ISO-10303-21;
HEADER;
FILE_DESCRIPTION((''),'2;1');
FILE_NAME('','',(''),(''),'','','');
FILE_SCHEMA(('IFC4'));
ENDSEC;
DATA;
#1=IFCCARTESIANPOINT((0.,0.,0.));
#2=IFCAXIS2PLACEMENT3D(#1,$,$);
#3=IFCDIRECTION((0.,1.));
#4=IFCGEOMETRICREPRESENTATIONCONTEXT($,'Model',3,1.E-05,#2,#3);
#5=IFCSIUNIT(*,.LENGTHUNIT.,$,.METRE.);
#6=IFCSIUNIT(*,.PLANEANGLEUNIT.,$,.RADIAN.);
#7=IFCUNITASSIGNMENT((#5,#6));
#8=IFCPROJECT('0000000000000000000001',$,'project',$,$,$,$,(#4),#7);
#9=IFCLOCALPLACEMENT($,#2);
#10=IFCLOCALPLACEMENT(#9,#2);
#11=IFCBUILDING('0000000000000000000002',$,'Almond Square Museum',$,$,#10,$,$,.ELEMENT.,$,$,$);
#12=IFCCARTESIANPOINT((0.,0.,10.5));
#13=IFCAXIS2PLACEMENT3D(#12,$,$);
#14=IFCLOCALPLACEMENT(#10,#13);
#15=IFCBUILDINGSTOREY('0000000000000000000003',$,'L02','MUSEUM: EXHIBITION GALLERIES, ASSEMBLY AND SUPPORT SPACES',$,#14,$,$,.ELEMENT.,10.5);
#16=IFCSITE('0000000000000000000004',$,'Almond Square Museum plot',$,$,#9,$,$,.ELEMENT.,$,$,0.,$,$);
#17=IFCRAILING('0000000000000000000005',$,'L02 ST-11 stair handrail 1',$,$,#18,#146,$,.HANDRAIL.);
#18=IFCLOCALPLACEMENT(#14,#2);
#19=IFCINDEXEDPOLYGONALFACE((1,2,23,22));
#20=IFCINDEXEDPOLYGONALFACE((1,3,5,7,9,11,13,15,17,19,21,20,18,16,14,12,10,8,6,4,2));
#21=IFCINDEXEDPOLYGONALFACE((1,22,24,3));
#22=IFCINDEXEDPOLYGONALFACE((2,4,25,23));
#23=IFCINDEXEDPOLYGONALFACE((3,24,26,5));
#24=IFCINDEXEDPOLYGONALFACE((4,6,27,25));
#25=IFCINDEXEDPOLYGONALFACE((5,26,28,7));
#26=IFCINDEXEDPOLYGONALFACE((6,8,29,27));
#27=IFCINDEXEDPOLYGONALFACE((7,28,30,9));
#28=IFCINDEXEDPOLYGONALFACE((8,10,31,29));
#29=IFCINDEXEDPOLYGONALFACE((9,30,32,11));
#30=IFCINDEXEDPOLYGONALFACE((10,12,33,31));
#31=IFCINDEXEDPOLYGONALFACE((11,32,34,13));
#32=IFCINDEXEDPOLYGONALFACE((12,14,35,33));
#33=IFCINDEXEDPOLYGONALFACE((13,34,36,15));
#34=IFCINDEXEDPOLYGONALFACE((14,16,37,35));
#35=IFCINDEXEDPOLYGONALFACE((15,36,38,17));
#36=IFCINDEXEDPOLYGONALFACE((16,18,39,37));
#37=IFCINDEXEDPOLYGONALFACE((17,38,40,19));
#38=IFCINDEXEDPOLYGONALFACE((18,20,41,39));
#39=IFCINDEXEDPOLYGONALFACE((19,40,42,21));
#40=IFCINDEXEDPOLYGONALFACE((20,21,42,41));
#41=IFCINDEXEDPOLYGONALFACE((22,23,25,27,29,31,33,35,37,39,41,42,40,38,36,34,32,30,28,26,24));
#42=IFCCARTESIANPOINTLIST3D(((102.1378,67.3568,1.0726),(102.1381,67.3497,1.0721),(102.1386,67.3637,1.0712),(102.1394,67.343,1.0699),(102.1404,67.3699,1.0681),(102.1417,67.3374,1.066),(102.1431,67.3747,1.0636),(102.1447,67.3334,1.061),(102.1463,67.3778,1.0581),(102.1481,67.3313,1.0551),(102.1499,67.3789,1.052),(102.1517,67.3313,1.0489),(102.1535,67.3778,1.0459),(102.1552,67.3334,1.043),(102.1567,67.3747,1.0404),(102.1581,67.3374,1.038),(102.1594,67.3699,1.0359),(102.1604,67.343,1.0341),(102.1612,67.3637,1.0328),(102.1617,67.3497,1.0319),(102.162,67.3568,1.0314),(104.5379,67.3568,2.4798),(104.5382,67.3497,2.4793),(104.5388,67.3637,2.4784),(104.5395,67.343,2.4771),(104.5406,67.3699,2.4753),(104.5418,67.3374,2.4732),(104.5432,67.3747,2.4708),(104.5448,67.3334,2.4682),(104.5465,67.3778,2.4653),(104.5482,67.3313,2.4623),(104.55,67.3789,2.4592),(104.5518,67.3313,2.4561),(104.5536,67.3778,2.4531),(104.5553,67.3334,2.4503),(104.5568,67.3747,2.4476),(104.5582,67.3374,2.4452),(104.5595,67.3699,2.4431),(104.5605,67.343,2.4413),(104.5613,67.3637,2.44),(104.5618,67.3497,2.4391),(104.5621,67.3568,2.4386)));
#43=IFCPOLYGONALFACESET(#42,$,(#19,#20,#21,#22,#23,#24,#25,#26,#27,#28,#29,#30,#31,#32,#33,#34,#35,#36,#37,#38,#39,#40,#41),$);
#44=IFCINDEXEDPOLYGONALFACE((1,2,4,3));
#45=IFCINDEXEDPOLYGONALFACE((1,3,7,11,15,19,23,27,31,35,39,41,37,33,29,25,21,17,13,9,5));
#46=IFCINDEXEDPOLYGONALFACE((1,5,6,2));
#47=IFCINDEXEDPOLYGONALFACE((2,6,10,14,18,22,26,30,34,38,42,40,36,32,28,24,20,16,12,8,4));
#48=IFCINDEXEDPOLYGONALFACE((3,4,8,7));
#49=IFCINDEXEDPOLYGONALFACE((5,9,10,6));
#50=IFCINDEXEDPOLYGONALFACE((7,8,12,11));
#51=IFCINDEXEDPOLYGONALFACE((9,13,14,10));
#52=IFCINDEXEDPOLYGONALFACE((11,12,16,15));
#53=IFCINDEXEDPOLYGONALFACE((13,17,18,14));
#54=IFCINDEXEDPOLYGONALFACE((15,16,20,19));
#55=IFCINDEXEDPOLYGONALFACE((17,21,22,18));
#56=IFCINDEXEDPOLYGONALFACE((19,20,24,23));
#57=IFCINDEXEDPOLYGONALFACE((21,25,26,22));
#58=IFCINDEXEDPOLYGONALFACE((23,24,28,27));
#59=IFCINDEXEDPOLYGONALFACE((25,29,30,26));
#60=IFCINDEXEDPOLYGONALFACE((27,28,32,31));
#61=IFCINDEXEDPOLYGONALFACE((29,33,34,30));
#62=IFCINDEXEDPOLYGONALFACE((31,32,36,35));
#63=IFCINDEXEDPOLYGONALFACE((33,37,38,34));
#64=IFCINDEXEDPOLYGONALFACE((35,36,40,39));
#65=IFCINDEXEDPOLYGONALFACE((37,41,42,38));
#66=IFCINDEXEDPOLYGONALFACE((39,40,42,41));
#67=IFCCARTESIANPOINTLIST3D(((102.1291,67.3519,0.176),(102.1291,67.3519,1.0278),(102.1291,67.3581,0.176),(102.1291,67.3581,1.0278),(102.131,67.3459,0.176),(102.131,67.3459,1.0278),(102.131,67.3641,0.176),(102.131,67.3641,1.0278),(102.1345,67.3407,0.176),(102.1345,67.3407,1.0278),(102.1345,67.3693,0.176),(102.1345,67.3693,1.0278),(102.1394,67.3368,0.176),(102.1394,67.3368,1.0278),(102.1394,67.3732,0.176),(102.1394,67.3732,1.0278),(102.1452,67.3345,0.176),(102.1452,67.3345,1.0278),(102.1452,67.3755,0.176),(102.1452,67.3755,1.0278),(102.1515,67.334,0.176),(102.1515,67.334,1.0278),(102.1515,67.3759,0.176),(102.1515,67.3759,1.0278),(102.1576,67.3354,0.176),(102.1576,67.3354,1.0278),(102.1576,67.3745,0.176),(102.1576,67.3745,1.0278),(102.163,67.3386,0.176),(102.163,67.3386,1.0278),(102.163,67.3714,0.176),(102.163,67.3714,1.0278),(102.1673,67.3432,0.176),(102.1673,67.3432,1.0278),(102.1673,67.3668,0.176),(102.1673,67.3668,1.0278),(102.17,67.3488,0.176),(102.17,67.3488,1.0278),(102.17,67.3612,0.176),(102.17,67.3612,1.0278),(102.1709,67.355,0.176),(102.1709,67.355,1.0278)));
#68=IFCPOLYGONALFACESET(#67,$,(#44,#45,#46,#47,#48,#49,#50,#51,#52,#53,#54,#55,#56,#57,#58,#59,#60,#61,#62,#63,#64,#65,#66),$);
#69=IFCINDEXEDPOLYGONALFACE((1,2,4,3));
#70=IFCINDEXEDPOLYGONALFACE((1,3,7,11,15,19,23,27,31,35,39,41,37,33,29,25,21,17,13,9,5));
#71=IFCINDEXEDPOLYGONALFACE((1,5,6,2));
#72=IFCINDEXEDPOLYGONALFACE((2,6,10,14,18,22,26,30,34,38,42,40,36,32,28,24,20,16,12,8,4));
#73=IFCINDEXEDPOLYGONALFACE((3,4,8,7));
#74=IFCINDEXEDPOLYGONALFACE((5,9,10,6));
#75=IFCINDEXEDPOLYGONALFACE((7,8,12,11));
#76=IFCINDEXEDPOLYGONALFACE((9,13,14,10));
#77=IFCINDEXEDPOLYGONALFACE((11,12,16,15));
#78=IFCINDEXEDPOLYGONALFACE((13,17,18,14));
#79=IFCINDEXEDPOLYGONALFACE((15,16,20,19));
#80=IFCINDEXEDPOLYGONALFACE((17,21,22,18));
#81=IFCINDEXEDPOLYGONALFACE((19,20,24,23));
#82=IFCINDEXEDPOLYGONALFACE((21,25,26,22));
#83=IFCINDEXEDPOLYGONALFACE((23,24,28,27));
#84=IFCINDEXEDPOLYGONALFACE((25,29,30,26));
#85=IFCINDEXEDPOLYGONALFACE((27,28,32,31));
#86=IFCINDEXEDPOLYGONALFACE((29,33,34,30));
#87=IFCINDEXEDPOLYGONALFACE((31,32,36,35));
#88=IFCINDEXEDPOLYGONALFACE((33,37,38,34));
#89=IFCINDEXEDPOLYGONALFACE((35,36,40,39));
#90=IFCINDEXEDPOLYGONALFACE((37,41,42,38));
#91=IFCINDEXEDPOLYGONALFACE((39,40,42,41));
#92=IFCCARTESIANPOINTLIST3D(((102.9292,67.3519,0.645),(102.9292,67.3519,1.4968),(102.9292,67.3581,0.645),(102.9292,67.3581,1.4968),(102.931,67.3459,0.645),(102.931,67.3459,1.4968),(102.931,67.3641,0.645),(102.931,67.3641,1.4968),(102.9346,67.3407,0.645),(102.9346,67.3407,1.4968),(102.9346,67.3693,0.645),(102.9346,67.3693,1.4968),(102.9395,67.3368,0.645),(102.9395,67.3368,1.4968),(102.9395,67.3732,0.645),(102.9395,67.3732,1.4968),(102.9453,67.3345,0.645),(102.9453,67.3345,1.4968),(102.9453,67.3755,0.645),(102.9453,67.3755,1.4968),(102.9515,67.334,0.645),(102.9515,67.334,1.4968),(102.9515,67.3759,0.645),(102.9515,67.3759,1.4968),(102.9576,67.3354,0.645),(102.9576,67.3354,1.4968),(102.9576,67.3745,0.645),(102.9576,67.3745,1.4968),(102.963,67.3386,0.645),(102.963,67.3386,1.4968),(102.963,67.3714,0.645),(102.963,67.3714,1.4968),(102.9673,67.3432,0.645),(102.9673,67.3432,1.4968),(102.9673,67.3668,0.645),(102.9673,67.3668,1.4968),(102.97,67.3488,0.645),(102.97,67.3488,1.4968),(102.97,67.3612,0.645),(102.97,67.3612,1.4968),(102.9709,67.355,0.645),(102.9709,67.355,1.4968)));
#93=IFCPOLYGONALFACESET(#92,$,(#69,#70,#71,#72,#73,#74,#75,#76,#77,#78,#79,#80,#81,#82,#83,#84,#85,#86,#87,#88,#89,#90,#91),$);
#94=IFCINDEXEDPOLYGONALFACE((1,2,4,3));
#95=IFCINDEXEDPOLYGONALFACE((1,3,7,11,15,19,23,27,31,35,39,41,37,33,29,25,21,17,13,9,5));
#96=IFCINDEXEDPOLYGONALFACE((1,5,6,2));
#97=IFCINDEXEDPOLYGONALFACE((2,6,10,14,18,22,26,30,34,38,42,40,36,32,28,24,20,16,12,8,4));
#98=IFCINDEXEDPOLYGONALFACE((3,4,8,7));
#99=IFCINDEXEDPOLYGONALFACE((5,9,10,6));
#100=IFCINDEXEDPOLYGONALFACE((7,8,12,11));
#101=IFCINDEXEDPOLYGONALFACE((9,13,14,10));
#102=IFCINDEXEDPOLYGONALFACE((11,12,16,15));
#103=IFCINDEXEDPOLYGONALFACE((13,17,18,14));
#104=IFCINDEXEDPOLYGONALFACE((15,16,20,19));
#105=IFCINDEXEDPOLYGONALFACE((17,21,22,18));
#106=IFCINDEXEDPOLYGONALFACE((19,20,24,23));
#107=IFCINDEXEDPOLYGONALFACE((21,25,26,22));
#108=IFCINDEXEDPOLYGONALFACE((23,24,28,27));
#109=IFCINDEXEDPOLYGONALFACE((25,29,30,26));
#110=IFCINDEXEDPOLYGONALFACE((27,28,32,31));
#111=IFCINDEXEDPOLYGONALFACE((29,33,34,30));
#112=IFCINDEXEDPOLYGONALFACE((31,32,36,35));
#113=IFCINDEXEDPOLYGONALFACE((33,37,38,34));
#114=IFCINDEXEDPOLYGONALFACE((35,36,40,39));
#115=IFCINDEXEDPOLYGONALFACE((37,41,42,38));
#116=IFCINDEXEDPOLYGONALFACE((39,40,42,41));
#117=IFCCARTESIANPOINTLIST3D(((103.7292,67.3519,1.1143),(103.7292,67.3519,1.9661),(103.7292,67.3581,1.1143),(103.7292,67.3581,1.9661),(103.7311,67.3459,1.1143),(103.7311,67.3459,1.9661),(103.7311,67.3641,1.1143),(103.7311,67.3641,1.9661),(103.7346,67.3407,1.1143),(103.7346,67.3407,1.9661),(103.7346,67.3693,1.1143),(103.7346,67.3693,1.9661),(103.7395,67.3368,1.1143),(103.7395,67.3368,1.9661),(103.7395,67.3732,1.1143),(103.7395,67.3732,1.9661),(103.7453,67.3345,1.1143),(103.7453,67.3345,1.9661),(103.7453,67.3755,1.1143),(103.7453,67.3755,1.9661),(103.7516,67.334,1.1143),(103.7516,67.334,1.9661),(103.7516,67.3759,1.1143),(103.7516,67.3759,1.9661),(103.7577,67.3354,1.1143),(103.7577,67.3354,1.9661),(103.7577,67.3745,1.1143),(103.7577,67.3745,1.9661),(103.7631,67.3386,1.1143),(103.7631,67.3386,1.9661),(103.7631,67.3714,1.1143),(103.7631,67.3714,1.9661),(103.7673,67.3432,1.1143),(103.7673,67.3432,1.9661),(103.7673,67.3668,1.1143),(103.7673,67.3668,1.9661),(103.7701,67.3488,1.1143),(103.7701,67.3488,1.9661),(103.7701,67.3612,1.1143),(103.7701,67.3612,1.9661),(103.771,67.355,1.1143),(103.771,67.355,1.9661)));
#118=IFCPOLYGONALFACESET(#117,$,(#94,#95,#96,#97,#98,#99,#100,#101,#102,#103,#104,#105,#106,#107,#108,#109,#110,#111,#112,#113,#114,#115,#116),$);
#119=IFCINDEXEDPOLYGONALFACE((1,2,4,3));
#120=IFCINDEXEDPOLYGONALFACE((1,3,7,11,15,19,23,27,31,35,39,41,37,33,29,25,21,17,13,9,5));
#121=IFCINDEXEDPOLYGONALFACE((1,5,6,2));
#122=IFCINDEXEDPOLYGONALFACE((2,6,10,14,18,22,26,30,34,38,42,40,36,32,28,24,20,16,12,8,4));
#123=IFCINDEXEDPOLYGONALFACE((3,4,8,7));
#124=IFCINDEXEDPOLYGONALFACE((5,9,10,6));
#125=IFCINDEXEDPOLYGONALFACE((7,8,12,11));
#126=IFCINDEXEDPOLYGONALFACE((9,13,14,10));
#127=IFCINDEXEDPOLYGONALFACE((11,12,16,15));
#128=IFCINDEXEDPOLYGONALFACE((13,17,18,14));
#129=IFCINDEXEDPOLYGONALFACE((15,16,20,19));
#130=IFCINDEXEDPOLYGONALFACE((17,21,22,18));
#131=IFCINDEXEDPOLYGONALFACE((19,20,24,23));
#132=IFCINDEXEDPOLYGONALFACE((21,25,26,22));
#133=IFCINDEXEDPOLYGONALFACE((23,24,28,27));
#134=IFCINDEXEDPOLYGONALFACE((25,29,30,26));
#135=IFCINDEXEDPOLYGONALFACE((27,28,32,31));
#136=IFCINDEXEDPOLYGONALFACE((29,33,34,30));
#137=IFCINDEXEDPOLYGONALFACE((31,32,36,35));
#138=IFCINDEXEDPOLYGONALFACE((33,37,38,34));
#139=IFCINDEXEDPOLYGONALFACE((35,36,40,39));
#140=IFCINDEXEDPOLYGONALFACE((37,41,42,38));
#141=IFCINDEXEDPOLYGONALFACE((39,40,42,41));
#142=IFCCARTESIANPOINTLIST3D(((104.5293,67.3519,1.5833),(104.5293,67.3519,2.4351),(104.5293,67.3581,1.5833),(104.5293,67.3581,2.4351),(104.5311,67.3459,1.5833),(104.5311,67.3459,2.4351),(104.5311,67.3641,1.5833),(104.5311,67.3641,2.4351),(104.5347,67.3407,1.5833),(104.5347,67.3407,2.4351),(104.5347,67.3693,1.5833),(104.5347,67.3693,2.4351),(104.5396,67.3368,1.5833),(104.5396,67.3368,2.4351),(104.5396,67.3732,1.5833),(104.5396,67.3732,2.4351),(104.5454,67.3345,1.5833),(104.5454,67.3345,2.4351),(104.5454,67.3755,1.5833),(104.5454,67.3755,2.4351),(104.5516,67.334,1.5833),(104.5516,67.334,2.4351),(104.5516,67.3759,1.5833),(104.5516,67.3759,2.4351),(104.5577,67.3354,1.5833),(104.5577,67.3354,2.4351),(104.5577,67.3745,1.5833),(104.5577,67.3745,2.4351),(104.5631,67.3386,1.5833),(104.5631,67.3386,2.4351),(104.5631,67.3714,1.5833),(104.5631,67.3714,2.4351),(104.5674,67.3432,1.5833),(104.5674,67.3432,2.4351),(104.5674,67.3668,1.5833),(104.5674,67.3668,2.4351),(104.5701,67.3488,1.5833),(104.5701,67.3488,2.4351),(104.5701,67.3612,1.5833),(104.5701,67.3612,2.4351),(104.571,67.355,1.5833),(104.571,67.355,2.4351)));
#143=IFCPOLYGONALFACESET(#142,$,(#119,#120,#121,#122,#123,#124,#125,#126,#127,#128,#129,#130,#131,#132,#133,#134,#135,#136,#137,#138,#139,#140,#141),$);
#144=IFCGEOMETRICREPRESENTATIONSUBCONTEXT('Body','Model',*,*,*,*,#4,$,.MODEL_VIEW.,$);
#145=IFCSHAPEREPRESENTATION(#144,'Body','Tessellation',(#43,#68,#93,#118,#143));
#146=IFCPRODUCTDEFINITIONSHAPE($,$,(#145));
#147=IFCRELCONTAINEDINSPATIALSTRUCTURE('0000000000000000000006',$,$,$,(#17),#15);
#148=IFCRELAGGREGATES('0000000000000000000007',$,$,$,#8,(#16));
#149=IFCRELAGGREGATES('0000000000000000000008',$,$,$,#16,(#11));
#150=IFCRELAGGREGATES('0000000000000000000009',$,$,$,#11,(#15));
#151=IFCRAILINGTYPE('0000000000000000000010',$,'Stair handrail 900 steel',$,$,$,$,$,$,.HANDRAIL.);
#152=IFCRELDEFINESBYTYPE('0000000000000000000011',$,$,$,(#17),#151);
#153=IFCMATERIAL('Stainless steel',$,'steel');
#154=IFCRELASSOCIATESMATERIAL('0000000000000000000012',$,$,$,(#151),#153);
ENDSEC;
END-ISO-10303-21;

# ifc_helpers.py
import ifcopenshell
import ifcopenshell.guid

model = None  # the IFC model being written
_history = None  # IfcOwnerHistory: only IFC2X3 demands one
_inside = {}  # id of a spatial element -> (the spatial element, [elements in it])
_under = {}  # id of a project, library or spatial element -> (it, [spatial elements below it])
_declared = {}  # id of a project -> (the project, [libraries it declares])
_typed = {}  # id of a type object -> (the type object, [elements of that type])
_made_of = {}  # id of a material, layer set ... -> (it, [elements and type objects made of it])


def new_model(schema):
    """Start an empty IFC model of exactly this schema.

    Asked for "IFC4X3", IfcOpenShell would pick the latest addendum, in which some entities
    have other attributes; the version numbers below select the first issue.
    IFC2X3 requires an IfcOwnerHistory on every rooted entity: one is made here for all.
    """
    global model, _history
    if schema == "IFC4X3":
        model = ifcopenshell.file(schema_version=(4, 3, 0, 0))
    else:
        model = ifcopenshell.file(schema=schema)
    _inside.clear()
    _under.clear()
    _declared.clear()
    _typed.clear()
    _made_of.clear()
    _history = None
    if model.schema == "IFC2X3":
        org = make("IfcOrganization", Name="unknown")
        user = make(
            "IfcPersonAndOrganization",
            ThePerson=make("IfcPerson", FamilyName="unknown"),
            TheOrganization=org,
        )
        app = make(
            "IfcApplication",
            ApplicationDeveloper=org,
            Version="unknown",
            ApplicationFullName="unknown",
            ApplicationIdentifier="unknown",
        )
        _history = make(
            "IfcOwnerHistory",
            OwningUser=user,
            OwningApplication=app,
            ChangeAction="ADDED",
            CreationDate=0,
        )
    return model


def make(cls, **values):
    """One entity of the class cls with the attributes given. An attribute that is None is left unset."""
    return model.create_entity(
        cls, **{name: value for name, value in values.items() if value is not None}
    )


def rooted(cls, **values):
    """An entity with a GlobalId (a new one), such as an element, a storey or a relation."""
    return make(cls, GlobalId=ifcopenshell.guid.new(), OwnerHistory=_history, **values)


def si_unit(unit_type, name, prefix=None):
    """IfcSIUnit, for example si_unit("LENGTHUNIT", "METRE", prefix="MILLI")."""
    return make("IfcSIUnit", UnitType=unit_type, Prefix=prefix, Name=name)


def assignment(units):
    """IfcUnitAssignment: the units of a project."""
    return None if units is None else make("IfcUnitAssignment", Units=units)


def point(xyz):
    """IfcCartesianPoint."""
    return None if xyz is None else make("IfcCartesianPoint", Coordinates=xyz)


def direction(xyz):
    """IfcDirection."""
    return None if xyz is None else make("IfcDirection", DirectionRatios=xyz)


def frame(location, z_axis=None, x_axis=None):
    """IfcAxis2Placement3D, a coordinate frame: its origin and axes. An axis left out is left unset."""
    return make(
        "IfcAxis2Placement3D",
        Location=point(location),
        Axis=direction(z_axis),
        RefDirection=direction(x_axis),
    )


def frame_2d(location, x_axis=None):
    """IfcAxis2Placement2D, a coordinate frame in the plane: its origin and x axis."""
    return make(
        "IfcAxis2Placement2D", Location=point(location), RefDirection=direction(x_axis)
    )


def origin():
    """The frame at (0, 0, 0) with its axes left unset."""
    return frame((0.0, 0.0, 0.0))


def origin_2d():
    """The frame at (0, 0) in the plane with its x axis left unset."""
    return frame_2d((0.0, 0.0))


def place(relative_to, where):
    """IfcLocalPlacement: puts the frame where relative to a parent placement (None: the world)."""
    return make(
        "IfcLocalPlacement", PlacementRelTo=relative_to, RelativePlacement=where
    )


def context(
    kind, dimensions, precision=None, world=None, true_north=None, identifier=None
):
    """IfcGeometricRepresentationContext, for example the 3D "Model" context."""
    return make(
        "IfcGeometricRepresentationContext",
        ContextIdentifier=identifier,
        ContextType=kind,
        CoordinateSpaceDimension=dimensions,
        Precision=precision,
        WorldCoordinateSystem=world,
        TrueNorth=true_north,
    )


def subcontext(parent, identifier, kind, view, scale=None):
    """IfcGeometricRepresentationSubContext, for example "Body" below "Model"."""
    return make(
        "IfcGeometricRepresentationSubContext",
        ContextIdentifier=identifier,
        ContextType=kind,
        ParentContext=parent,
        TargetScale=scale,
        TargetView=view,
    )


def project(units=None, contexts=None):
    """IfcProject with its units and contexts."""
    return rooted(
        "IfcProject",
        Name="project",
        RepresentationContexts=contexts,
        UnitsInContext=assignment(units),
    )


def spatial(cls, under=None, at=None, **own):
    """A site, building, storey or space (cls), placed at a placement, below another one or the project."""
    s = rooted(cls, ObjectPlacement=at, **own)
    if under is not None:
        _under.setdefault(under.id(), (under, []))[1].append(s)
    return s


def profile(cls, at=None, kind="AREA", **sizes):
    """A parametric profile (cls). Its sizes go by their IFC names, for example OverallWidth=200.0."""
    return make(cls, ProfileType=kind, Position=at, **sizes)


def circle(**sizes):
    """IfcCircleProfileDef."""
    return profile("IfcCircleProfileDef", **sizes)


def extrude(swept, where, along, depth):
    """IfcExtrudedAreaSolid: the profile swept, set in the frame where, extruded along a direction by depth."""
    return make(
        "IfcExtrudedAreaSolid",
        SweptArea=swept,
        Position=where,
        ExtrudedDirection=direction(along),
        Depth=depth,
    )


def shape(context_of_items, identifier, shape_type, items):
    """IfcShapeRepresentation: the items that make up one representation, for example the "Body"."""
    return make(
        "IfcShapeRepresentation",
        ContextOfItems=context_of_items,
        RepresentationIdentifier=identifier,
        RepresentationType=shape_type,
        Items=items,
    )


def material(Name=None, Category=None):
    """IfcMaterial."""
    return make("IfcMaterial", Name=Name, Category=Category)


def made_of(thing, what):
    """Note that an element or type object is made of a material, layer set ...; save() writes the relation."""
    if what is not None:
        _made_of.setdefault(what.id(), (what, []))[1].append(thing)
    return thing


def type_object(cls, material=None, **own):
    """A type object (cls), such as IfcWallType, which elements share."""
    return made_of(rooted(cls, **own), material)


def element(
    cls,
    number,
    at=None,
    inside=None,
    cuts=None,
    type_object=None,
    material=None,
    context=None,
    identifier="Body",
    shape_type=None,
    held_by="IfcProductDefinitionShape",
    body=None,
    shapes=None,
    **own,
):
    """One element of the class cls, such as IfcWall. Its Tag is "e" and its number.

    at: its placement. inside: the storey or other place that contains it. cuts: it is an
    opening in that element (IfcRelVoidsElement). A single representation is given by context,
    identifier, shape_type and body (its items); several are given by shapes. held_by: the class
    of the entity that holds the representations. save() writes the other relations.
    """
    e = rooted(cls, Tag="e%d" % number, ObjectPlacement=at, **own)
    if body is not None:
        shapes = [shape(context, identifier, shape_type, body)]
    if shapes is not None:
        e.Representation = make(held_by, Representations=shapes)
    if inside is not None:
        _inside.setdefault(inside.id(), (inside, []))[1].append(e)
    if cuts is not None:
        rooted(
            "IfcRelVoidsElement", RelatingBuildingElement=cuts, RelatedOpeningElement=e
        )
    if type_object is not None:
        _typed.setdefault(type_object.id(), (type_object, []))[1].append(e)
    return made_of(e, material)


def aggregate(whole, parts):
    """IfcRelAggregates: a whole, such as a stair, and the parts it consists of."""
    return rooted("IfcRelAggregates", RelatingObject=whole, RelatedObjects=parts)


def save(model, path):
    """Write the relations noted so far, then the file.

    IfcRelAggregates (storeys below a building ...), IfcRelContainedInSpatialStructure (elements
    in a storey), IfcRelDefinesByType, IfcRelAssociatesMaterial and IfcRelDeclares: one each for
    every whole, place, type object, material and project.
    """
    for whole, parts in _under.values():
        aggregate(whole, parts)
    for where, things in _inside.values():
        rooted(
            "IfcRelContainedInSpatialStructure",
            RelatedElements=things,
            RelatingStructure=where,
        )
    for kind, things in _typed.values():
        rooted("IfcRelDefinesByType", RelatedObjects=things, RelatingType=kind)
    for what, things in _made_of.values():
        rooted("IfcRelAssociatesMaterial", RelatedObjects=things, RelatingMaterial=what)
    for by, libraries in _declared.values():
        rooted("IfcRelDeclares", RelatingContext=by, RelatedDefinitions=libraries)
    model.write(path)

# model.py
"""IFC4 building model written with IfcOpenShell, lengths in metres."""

from ifc_helpers import new_model, si_unit, direction, frame, origin, origin_2d, place, context, subcontext, project, spatial, circle, extrude, material, type_object, element, save


model = new_model("IFC4")

# Units and contexts
model_context = context("Model", 3, precision=1e-05, world=origin(), true_north=direction((0.0, 1.0)))
body_context = subcontext(model_context, "Body", "Model", "MODEL_VIEW")
ifc_project = project(units=[si_unit("LENGTHUNIT", "METRE"), si_unit("PLANEANGLEUNIT", "RADIAN")], contexts=[model_context])

# Site, building, storey
site_placement = place(None, origin())
site = spatial("IfcSite", under=ifc_project, at=site_placement, Name="Almond Square Museum plot", CompositionType="ELEMENT", RefElevation=0.0)
building_placement = place(site_placement, origin())
building = spatial("IfcBuilding", under=site, at=building_placement, Name="Almond Square Museum", CompositionType="ELEMENT")
storey_placement = place(building_placement, frame((0.0, 0.0, 10.5)))
storey = spatial("IfcBuildingStorey", under=building, at=storey_placement, Name="L02", Description="MUSEUM: EXHIBITION GALLERIES, ASSEMBLY AND SUPPORT SPACES", CompositionType="ELEMENT", Elevation=10.5)

# Railing
ifc_material_1 = material(Name="Stainless steel", Category="steel")
railing_type_1 = type_object("IfcRailingType", Name="Stair handrail 900 steel", PredefinedType="HANDRAIL", material=ifc_material_1)
railing_1_placement = place(storey_placement, frame((102.1499, 67.355, 0.176)))
element("IfcRailing", 1, at=railing_1_placement, inside=storey, type_object=railing_type_1, Name="L02 ST-11 stair handrail 1", PredefinedType="HANDRAIL", context=body_context, shape_type="SweptSolid", body=[
    extrude(circle(Radius=0.0239, at=origin_2d()), frame((0.0, 0.0, 0.876), z_axis=(0.86266, 0.0, 0.505785), x_axis=(0.0, 1.0, 0.0)), (0.0, 0.0, 1.0), 2.7822),
    extrude(circle(Radius=0.021, at=origin_2d()), origin(), (0.0, 0.0, 1.0), 0.8518),
    extrude(circle(Radius=0.021, at=origin_2d()), frame((0.8, 0.0, 0.469)), (0.0, 0.0, 1.0), 0.8518),
    extrude(circle(Radius=0.021, at=origin_2d()), frame((1.6001, 0.0, 0.9382)), (0.0, 0.0, 1.0), 0.8518),
    extrude(circle(Radius=0.021, at=origin_2d()), frame((2.4001, 0.0, 1.4072)), (0.0, 0.0, 1.0), 0.8518),
])

save(model, "model.ifc")
